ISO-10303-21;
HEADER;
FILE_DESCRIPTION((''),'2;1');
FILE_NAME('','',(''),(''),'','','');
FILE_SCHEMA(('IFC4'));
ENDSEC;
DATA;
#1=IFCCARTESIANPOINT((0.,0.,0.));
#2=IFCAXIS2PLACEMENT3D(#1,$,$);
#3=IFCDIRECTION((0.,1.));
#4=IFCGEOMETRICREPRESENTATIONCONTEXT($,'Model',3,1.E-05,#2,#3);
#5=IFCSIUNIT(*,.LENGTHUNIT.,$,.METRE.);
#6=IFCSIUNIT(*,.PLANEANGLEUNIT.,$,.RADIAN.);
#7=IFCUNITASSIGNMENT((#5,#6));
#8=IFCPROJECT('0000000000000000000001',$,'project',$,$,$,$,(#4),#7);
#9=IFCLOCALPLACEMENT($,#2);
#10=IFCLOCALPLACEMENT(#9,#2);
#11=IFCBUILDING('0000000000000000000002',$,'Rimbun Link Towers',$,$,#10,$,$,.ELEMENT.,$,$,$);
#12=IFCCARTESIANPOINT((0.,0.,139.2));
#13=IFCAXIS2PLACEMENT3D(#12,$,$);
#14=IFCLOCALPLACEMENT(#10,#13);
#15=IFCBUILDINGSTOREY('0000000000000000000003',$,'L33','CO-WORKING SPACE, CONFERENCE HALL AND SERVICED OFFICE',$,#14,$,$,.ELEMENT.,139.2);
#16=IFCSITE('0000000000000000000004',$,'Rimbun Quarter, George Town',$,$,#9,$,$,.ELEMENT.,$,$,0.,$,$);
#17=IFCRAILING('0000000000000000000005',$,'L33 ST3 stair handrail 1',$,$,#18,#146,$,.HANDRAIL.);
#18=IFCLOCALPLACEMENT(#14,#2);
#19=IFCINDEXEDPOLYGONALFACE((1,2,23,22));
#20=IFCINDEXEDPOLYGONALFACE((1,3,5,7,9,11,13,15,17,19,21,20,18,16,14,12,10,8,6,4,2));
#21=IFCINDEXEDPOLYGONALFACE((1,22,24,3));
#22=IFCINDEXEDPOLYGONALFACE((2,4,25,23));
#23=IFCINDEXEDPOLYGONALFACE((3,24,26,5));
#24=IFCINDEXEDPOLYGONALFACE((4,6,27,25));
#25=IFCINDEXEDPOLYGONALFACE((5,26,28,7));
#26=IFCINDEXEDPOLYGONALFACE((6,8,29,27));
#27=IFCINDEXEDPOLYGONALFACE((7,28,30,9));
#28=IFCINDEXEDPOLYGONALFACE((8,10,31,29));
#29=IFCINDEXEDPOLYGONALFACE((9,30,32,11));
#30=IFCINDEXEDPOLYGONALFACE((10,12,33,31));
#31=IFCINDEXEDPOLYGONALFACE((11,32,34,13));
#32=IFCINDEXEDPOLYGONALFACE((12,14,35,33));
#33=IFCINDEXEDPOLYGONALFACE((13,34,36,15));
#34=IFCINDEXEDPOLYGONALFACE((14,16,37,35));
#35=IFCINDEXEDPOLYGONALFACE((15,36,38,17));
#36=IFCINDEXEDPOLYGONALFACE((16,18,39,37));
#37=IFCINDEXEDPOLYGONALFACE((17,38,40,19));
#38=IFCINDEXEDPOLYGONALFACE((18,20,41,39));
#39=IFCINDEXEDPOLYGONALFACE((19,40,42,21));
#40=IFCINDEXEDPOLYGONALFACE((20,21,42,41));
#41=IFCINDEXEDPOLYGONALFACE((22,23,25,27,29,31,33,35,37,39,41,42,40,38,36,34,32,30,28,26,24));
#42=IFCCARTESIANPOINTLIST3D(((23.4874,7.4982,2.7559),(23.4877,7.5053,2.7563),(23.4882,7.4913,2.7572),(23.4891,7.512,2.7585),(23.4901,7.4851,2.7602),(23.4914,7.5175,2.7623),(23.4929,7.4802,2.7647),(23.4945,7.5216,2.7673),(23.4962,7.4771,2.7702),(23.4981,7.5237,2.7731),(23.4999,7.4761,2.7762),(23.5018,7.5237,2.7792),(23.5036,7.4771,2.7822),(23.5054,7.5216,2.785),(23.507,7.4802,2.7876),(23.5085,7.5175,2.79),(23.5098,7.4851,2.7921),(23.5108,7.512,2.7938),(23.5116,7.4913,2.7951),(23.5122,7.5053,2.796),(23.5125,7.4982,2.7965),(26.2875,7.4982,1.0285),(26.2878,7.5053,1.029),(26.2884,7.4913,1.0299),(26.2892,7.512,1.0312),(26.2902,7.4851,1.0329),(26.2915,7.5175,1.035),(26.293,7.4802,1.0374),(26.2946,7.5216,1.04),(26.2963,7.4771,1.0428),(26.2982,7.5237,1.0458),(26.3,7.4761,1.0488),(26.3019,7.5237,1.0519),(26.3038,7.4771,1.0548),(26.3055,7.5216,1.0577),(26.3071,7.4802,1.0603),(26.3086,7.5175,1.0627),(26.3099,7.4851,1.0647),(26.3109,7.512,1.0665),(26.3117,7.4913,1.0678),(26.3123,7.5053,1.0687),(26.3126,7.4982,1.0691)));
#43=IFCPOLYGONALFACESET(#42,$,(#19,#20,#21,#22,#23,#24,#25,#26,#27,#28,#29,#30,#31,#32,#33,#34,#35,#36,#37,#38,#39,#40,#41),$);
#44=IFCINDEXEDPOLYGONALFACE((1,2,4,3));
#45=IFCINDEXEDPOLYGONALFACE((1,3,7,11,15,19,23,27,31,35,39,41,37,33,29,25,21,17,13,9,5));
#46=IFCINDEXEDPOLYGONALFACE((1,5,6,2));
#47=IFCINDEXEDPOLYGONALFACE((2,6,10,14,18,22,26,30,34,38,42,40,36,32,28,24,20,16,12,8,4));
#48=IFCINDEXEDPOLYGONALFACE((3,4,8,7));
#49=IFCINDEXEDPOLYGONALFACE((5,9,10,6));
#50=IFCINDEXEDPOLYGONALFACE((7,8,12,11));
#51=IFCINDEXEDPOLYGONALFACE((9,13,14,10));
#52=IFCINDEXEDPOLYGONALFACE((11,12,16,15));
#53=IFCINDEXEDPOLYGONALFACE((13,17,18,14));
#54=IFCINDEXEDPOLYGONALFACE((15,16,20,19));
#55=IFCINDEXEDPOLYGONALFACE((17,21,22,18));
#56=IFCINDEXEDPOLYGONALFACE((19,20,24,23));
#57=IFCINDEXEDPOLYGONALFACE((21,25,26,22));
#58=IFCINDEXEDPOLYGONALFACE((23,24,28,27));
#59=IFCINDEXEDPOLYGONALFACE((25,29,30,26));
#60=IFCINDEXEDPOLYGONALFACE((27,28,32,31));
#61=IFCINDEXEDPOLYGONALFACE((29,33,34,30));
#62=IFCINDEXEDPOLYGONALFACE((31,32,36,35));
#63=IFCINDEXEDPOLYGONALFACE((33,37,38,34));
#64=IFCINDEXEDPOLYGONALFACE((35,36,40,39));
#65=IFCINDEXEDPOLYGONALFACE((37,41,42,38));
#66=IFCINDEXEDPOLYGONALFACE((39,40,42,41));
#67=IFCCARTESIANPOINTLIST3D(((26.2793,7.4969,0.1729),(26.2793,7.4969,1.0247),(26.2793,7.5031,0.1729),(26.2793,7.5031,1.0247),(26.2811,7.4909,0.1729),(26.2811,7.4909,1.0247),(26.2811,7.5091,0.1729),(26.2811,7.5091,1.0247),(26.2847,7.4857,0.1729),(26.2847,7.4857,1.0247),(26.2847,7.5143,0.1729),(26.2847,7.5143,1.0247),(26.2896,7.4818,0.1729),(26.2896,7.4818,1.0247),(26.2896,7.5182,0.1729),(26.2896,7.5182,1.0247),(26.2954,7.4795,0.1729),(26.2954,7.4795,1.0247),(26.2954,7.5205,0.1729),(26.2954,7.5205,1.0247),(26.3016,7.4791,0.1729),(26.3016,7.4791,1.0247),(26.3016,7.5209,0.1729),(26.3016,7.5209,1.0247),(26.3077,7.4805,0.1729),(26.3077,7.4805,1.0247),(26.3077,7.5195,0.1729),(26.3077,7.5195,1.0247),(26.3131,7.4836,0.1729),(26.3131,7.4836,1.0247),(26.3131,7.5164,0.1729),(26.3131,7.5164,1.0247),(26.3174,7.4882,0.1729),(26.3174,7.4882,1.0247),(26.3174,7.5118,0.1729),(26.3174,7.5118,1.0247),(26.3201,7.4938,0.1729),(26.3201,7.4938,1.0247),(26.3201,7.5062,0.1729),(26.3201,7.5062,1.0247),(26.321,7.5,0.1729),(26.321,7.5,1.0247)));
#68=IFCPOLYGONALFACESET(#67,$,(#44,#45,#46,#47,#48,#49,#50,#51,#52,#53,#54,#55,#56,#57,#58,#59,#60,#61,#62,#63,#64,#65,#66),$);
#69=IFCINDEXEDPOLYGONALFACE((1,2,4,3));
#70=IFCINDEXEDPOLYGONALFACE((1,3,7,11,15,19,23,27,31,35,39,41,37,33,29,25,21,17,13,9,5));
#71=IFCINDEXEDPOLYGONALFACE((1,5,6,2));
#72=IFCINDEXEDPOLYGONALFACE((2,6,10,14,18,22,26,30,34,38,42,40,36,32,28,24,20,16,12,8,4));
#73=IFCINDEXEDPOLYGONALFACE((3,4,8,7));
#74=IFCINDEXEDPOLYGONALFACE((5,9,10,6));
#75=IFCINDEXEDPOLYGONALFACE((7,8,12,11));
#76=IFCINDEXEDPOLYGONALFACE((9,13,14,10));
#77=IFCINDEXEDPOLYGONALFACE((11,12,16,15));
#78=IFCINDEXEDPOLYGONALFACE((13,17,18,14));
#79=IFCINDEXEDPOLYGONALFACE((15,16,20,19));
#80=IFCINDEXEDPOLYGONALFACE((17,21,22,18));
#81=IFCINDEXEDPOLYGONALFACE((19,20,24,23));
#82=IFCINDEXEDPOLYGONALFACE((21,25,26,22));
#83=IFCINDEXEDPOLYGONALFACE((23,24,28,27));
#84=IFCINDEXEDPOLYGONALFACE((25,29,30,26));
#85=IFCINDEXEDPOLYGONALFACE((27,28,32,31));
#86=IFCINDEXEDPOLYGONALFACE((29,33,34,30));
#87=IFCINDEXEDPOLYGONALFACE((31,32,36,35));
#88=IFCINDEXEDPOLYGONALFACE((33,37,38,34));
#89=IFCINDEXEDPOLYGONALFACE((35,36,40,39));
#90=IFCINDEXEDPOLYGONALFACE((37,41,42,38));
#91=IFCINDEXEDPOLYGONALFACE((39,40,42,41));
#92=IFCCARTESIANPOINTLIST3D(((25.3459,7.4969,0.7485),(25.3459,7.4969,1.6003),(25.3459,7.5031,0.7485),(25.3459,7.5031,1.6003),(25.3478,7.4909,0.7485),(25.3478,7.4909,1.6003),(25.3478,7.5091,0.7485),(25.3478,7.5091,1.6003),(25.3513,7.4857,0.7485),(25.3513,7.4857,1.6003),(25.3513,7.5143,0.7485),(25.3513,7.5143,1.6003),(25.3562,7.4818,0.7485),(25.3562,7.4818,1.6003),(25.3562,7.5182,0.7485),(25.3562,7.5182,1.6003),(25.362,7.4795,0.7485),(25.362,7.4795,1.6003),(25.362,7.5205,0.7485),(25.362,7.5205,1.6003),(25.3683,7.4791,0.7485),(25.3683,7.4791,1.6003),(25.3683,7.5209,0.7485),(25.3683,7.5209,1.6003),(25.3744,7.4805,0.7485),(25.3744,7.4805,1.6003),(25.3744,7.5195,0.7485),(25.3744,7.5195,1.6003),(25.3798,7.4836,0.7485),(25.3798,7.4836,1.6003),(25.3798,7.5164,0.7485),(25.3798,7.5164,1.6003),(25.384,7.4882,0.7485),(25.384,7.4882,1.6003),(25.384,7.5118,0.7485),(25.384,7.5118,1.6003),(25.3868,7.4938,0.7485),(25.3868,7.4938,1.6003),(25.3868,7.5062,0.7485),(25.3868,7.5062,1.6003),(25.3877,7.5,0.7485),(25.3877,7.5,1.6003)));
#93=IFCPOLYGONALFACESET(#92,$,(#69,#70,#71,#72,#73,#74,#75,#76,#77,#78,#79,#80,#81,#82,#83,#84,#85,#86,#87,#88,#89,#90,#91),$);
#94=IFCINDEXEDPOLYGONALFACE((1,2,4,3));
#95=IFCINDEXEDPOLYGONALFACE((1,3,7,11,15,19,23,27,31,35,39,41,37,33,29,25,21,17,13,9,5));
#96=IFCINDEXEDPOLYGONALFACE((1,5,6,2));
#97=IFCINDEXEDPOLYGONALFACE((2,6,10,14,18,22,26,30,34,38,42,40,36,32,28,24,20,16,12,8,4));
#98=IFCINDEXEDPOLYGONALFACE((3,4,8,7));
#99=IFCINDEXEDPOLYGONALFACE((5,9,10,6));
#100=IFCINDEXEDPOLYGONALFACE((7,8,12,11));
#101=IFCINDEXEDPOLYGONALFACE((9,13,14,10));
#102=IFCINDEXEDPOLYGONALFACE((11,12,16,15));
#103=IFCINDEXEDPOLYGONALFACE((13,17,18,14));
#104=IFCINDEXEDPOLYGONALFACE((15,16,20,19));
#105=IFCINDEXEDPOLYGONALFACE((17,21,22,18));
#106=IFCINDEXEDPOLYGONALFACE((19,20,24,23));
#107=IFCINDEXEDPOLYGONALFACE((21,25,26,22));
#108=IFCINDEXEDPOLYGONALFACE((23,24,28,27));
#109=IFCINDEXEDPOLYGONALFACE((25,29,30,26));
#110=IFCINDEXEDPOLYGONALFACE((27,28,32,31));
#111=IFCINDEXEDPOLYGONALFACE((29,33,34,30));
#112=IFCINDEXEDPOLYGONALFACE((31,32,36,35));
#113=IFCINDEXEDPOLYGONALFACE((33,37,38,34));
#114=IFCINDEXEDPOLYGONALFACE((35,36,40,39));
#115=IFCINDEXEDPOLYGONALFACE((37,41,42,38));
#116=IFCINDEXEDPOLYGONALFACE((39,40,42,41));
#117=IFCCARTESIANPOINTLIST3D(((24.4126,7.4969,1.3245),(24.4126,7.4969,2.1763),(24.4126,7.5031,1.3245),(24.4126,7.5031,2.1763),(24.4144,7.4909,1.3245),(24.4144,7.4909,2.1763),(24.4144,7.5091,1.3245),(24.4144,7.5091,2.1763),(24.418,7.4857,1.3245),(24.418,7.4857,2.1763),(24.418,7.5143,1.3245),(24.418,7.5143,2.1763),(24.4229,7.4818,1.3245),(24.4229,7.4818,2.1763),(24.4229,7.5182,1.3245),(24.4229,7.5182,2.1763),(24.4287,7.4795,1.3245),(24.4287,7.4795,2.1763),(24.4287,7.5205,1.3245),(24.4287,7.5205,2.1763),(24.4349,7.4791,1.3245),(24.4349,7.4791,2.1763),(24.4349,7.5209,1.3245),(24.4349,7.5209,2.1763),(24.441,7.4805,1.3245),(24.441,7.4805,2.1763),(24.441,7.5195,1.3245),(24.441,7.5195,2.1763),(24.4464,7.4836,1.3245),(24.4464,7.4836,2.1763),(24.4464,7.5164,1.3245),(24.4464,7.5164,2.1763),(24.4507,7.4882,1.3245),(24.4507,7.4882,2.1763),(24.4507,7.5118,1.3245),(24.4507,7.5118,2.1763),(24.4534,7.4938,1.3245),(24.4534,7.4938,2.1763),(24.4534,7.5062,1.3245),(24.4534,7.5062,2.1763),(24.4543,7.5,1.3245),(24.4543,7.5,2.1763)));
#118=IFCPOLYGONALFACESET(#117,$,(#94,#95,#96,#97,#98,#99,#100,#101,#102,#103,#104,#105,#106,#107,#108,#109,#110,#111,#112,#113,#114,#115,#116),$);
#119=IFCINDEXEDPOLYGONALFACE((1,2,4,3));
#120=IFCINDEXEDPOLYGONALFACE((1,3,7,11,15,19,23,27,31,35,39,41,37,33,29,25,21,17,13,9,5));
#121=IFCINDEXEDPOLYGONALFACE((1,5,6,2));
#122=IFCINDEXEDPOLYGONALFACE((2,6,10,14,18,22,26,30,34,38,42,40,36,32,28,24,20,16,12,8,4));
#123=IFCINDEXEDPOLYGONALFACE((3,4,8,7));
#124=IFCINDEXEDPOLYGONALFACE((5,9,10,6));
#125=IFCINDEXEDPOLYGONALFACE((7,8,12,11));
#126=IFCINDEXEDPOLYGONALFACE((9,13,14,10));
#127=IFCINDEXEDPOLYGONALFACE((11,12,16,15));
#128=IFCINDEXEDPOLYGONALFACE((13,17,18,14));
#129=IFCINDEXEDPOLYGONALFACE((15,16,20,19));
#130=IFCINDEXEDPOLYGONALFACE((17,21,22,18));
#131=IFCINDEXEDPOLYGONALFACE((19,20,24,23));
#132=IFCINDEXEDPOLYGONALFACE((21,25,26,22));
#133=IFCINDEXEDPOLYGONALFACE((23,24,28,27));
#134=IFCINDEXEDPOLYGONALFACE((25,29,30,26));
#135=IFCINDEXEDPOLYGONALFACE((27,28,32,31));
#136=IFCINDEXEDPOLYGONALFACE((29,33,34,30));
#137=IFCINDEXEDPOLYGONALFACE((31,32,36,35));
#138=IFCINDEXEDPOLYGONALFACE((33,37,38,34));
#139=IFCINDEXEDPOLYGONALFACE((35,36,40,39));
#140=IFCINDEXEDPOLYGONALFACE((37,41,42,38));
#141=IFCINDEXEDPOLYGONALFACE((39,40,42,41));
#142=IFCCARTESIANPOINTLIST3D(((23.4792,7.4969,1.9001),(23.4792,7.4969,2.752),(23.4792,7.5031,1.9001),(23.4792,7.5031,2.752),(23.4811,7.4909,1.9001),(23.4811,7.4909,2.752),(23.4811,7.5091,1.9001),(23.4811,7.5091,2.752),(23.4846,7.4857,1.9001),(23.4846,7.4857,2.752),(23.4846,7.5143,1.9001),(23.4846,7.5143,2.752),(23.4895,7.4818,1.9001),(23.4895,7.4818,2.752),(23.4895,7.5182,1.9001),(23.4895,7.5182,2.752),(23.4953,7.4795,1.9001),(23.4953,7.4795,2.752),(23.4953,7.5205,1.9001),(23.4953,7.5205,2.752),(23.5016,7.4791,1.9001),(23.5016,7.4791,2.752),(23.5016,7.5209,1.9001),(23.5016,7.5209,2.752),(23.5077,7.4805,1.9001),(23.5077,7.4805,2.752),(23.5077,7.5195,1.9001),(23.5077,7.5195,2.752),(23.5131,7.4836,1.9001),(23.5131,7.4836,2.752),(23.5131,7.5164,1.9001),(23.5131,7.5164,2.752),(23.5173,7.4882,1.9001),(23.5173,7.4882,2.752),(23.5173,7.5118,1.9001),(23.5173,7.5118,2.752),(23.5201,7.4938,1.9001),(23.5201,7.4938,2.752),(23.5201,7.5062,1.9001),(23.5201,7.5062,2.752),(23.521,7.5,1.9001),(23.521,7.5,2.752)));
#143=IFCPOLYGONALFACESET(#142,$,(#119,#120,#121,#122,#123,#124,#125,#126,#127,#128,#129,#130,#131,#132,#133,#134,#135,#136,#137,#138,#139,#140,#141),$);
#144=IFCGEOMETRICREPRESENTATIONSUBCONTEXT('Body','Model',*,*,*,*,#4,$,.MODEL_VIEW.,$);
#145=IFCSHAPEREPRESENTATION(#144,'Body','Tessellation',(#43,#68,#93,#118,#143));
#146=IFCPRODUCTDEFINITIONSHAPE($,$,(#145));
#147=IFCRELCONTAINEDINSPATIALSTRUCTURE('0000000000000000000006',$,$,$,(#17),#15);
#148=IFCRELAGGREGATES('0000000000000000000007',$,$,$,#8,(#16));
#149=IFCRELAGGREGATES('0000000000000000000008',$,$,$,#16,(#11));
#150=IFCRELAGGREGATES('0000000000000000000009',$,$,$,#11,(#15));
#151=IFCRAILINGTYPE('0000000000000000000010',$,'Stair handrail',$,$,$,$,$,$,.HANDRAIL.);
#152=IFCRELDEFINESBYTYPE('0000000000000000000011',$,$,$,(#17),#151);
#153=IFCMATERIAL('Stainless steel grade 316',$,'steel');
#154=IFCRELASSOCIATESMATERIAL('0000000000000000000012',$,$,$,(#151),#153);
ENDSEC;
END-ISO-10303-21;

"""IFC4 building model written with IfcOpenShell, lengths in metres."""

from ifc_helpers import new_model, si_unit, direction, frame, origin, origin_2d, place, context, subcontext, project, spatial, circle, extrude, material, type_object, element, save


model = new_model("IFC4")

# Units and contexts
model_context = context("Model", 3, precision=1e-05, world=origin(), true_north=direction((0.0, 1.0)))
body_context = subcontext(model_context, "Body", "Model", "MODEL_VIEW")
ifc_project = project(units=[si_unit("LENGTHUNIT", "METRE"), si_unit("PLANEANGLEUNIT", "RADIAN")], contexts=[model_context])

# Site, building, storey
site_placement = place(None, origin())
site = spatial("IfcSite", under=ifc_project, at=site_placement, Name="Rimbun Quarter, George Town", CompositionType="ELEMENT", RefElevation=0.0)
building_placement = place(site_placement, origin())
building = spatial("IfcBuilding", under=site, at=building_placement, Name="Rimbun Link Towers", CompositionType="ELEMENT")
storey_placement = place(building_placement, frame((0.0, 0.0, 139.2)))
storey = spatial("IfcBuildingStorey", under=building, at=storey_placement, Name="L33", Description="CO-WORKING SPACE, CONFERENCE HALL AND SERVICED OFFICE", CompositionType="ELEMENT", Elevation=139.2)

# Railing
ifc_material_1 = material(Name="Stainless steel grade 316", Category="steel")
railing_type_1 = type_object("IfcRailingType", Name="Stair handrail", PredefinedType="HANDRAIL", material=ifc_material_1)
railing_1_placement = place(storey_placement, frame((26.3, 7.5, 0.1729)))
element("IfcRailing", 1, at=railing_1_placement, inside=storey, type_object=railing_type_1, Name="L33 ST3 stair handrail 1", PredefinedType="HANDRAIL", context=body_context, shape_type="SweptSolid", body=[
    extrude(circle(Radius=0.0239, at=origin_2d()), frame((0.0, 0.0, 0.876), z_axis=(-0.85109, 0.0, 0.52502), x_axis=(0.0, -1.0, 0.0)), (0.0, 0.0, 1.0), 3.29),
    extrude(circle(Radius=0.021, at=origin_2d()), origin(), (0.0, 0.0, 1.0), 0.8518),
    extrude(circle(Radius=0.021, at=origin_2d()), frame((-0.9333, 0.0, 0.5757)), (0.0, 0.0, 1.0), 0.8518),
    extrude(circle(Radius=0.021, at=origin_2d()), frame((-1.8667, 0.0, 1.1516)), (0.0, 0.0, 1.0), 0.8518),
    extrude(circle(Radius=0.021, at=origin_2d()), frame((-2.8, 0.0, 1.7273)), (0.0, 0.0, 1.0), 0.8518),
])

save(model, "model.ifc")
